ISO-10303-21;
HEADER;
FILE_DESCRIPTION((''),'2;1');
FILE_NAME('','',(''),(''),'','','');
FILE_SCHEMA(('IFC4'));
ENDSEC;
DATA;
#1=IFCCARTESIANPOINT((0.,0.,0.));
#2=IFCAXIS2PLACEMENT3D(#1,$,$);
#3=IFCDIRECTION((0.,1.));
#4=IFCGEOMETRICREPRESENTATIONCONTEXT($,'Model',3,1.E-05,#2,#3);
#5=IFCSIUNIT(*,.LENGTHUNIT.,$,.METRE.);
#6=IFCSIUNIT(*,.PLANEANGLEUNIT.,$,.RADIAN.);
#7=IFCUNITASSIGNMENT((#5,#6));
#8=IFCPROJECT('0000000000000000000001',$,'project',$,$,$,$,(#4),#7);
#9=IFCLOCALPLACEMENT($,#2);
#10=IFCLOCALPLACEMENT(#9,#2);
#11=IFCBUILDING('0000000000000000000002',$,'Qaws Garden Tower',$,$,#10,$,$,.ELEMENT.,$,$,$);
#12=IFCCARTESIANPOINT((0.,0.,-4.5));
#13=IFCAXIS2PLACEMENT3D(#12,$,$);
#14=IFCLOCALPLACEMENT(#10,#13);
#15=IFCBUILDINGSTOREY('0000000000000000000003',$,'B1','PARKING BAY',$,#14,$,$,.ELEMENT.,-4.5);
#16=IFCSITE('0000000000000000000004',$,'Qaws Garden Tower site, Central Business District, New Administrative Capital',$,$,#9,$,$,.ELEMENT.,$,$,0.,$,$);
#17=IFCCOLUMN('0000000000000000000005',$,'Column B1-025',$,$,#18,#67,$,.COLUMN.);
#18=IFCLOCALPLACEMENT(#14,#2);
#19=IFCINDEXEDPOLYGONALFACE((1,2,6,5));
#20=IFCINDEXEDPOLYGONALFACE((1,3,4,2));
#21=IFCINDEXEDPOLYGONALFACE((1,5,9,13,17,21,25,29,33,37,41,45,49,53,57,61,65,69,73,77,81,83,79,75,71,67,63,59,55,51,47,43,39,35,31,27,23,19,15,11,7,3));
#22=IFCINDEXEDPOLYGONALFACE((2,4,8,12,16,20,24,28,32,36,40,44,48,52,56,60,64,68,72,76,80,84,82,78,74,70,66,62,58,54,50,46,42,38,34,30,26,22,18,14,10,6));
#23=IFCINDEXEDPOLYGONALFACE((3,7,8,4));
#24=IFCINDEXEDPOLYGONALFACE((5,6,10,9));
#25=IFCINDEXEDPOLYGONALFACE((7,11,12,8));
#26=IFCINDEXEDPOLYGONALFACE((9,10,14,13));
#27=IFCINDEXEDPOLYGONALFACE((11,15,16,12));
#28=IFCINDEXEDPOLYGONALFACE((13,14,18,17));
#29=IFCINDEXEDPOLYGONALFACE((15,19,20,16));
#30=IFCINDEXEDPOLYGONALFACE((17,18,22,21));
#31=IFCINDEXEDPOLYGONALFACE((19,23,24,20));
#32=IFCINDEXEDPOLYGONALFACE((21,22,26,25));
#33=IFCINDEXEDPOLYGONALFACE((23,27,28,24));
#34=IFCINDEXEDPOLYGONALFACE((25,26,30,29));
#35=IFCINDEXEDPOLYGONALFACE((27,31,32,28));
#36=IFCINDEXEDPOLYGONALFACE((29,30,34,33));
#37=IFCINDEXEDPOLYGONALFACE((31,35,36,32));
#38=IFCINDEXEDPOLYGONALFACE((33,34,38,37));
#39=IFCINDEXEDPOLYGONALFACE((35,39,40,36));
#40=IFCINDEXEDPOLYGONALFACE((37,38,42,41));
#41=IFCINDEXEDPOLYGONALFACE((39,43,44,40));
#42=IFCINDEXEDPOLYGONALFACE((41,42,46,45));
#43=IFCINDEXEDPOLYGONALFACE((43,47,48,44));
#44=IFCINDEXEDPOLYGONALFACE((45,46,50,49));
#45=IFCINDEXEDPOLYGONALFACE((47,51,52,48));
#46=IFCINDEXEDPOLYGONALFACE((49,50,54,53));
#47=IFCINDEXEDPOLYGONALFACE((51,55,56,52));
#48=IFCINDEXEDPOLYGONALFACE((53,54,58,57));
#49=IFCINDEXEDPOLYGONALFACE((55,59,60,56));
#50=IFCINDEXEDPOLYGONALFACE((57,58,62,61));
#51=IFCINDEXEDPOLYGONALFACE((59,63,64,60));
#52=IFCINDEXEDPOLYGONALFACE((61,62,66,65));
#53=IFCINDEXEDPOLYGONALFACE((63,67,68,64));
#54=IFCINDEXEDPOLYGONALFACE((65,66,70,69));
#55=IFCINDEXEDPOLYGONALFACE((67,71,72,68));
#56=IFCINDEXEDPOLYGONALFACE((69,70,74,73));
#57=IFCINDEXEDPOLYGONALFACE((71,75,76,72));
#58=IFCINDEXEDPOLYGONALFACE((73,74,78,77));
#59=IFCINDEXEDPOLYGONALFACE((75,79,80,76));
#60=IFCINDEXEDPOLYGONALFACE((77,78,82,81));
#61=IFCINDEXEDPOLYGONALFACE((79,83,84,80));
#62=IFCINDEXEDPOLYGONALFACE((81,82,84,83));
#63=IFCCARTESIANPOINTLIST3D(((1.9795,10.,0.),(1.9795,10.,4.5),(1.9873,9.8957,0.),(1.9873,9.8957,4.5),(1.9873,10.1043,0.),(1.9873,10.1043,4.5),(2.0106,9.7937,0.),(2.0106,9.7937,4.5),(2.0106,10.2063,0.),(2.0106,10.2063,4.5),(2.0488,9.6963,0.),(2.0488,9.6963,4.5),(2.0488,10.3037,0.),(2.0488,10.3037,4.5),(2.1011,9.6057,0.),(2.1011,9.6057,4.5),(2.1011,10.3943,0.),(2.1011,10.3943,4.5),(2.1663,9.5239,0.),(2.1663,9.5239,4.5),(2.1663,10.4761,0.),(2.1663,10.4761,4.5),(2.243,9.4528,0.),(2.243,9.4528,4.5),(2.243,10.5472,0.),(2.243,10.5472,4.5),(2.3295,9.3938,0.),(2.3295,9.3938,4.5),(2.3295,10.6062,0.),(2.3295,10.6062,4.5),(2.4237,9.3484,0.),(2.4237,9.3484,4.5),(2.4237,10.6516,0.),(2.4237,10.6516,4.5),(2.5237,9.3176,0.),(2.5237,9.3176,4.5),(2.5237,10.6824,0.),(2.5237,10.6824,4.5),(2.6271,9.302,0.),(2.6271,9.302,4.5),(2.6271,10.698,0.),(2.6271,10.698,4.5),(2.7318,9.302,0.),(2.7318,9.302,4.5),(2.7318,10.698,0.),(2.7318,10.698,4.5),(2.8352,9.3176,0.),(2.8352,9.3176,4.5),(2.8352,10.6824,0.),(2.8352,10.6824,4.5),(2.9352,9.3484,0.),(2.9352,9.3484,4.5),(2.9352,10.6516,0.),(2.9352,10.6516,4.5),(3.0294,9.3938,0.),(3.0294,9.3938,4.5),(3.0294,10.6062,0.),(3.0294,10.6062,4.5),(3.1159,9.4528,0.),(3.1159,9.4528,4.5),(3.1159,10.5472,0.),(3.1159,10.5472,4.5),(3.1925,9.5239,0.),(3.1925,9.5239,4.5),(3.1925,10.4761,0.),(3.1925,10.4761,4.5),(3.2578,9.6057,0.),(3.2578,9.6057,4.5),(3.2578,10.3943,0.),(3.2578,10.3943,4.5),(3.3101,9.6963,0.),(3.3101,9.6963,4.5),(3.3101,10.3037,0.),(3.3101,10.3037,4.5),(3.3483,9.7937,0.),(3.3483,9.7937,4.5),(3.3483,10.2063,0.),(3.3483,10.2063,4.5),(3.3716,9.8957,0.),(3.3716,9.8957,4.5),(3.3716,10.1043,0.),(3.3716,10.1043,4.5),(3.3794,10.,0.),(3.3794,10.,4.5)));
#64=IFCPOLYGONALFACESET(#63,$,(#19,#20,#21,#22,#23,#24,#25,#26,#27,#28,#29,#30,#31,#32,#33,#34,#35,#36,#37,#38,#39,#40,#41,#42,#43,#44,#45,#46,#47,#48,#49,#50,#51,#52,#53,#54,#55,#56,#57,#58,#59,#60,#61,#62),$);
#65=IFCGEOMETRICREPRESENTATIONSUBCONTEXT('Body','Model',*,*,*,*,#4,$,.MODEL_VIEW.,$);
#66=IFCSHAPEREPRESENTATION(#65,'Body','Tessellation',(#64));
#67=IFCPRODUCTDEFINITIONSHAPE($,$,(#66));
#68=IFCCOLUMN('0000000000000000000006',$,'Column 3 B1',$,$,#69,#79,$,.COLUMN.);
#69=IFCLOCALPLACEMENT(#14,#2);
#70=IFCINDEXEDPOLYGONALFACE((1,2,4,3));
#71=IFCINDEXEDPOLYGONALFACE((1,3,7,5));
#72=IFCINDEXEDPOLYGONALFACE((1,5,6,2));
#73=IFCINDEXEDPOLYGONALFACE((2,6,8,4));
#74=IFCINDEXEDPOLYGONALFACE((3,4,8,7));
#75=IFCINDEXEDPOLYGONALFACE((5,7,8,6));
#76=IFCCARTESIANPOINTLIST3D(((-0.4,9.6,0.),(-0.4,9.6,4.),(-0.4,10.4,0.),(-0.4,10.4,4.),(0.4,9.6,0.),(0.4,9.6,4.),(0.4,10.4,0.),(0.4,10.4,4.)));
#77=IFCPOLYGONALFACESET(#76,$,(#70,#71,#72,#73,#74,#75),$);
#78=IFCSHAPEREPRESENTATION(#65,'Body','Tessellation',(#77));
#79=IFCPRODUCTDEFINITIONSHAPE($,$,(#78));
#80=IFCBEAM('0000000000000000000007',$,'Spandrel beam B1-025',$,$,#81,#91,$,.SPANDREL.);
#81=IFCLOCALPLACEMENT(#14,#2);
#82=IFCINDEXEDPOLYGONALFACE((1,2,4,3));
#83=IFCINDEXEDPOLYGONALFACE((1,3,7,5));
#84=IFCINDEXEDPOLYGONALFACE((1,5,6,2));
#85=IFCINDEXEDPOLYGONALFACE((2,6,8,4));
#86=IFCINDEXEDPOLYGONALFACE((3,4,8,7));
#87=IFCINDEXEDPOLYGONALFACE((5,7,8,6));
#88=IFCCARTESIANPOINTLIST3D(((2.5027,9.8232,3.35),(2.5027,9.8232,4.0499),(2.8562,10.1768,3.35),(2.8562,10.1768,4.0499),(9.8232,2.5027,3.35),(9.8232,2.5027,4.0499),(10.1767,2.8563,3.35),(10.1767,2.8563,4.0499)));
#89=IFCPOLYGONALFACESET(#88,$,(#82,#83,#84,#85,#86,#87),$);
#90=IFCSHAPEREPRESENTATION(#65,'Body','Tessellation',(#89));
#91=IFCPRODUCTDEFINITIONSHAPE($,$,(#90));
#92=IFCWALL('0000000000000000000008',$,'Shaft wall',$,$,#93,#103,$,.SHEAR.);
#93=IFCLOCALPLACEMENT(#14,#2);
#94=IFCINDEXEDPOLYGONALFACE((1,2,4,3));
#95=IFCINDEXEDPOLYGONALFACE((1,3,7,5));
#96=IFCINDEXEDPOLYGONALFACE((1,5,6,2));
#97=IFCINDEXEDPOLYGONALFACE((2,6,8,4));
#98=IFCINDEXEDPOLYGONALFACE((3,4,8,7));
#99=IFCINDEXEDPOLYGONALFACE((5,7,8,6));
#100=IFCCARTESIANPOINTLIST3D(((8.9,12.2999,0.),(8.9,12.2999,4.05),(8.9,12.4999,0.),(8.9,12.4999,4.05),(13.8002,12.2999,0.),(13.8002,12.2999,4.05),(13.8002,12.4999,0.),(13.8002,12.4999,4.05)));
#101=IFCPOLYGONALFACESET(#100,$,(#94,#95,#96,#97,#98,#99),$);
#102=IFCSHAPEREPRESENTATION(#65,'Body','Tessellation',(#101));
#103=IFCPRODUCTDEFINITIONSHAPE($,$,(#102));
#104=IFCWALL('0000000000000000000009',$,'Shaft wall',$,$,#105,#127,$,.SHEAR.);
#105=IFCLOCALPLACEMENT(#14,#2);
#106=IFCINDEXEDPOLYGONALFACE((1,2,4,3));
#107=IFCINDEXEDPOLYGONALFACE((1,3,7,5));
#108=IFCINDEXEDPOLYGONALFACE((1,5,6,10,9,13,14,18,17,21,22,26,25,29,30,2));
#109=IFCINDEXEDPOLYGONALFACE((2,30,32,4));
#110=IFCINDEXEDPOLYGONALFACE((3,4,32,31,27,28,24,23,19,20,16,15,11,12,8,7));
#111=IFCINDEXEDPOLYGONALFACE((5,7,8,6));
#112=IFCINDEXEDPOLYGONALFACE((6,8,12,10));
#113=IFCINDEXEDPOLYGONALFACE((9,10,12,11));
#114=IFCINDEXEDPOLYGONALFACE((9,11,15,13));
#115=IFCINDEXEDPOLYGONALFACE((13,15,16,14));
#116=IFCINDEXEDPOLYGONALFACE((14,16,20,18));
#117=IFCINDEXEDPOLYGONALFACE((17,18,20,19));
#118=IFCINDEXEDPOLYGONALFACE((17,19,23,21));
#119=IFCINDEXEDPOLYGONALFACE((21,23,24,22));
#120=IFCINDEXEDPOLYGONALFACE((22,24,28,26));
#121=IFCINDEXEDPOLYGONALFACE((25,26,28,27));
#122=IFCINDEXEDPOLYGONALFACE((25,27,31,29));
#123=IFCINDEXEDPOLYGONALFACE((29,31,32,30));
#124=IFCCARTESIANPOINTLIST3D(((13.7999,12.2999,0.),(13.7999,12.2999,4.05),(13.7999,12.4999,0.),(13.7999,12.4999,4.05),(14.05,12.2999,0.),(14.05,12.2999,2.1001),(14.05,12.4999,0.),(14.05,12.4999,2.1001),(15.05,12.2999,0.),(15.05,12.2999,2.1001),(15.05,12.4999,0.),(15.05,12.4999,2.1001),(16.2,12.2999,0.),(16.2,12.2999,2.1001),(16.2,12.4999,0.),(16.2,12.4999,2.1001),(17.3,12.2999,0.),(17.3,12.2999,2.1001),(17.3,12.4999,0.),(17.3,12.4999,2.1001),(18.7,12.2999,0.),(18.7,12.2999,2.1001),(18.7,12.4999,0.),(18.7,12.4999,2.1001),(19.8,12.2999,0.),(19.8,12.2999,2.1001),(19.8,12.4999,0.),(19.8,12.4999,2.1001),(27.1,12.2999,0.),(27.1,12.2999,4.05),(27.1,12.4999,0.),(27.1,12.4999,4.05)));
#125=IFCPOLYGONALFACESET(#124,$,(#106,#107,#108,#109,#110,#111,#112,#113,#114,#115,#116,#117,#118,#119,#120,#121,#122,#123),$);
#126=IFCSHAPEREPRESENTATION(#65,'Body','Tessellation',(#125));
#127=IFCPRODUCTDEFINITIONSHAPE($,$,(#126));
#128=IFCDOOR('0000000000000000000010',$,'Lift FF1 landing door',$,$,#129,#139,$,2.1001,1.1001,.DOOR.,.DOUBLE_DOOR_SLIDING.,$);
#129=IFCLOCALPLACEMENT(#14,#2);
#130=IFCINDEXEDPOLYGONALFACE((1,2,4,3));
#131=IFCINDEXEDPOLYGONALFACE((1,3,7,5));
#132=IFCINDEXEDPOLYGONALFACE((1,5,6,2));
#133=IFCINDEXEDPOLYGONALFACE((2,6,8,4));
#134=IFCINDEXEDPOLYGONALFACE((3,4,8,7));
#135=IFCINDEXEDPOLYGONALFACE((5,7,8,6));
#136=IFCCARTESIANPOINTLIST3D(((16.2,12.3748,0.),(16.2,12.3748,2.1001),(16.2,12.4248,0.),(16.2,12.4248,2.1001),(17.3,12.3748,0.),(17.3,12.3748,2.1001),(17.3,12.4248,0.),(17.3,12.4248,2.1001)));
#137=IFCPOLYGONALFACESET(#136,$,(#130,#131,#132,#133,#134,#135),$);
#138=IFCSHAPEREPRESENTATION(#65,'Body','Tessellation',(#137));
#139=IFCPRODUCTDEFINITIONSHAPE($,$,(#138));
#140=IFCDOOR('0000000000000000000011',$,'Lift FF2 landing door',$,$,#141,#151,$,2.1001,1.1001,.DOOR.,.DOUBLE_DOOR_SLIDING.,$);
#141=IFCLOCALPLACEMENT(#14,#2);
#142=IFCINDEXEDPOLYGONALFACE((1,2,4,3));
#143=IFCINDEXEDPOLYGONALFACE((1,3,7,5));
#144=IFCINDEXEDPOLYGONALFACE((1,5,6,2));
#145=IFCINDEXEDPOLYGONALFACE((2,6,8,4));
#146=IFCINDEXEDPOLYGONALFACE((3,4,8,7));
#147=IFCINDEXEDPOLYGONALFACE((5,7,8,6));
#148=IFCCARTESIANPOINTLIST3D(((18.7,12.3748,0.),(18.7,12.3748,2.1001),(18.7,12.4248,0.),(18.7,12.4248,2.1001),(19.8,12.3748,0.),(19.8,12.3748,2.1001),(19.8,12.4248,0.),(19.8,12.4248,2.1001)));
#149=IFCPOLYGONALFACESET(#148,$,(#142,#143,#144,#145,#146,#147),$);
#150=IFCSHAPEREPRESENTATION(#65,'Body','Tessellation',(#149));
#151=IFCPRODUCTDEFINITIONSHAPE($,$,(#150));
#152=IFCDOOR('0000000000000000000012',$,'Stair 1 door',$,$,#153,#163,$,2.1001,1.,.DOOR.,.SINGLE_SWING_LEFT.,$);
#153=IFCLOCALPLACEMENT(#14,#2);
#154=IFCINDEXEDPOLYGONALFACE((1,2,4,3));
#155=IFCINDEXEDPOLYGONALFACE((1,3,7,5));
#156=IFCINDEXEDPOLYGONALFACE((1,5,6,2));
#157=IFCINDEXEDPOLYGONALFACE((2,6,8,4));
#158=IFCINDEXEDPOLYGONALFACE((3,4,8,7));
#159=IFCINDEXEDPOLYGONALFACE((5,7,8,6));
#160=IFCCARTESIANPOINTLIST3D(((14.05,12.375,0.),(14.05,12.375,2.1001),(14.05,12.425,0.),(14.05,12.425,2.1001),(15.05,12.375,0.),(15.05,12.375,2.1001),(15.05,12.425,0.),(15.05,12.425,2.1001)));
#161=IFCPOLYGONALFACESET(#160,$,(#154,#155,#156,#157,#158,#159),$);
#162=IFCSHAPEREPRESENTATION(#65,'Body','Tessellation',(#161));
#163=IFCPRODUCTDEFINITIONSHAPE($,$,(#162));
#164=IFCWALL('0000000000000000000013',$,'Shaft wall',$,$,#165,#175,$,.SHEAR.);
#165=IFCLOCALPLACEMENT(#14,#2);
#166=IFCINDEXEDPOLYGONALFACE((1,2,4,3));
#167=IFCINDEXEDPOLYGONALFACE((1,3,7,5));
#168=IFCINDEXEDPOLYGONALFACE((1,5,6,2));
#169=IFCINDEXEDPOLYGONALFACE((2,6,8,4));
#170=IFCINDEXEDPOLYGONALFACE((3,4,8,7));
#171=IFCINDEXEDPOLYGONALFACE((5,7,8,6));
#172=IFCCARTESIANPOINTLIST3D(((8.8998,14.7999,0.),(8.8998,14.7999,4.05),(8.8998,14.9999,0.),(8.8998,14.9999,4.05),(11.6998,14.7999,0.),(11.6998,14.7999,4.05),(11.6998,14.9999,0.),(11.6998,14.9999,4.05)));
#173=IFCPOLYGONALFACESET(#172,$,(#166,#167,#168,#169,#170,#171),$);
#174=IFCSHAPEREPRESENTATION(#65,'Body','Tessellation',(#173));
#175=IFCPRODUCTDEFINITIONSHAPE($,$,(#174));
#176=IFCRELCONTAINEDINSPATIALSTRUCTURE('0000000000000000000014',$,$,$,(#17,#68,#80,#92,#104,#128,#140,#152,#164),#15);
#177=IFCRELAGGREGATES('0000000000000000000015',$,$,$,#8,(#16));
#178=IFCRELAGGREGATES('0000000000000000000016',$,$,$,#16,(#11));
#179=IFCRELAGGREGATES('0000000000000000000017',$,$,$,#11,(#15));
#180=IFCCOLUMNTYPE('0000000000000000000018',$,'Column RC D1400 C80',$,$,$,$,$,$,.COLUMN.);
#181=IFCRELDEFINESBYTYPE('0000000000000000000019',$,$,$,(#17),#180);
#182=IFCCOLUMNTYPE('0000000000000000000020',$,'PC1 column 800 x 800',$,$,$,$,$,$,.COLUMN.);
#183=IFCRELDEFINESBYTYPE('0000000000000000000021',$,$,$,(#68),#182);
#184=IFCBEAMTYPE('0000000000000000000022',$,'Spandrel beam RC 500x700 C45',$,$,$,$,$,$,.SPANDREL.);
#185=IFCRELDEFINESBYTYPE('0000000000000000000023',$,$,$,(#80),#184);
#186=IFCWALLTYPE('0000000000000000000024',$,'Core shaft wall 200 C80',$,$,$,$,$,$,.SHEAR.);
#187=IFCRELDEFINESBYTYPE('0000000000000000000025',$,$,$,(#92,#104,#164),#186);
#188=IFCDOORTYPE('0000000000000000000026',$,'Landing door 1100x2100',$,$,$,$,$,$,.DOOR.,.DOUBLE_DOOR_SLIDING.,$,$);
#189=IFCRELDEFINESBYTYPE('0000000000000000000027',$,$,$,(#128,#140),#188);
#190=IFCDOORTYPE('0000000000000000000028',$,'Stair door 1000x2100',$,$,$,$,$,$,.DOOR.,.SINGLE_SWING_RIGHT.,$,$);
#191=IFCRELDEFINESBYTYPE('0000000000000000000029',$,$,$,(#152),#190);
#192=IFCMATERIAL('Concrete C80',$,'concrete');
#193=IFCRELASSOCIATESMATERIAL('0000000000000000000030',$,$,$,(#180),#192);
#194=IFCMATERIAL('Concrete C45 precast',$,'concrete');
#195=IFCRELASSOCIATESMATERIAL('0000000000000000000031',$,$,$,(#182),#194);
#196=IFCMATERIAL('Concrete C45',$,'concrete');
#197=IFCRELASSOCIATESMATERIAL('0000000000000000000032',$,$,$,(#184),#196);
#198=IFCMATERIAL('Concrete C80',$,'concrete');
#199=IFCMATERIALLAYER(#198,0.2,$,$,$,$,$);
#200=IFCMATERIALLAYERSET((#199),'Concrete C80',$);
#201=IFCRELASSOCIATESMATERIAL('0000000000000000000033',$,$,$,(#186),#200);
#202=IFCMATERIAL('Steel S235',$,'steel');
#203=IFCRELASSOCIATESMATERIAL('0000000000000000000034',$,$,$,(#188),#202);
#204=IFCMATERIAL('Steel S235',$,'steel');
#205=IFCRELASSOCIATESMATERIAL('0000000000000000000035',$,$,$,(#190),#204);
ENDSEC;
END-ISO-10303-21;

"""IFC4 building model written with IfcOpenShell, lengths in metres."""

from ifc_helpers import new_model, si_unit, direction, frame, frame_2d, origin, origin_2d, place, context, subcontext, project, spatial, rectangle, circle, extrude, material, layer, layer_set, material_profile, profile_set, type_object, element, fill, save


model = new_model("IFC4")

# Units and contexts
model_context = context("Model", 3, precision=1e-05, world=origin(), true_north=direction((0.0, 1.0)))
body_context = subcontext(model_context, "Body", "Model", "MODEL_VIEW")
ifc_project = project(units=[si_unit("LENGTHUNIT", "METRE"), si_unit("PLANEANGLEUNIT", "RADIAN")], contexts=[model_context])

# Site, building, storey
site_placement = place(None, origin())
site = spatial("IfcSite", under=ifc_project, at=site_placement, Name="Qaws Garden Tower site, Central Business District, New Administrative Capital", CompositionType="ELEMENT", RefElevation=0.0)
building_placement = place(site_placement, origin())
building = spatial("IfcBuilding", under=site, at=building_placement, Name="Qaws Garden Tower", CompositionType="ELEMENT")
storey_placement = place(building_placement, frame((0.0, 0.0, -4.5)))
storey = spatial("IfcBuildingStorey", under=building, at=storey_placement, Name="B1", Description="PARKING BAY", CompositionType="ELEMENT", Elevation=-4.5)

# Columns
ifc_material_1 = material(Name="Concrete C80", Category="concrete")
ifc_material_profile_1 = material_profile(ifc_material_1, circle(Radius=0.7, at=origin_2d()), Name="RC D1400")
ifc_profile_set_1 = profile_set([ifc_material_profile_1], Name="Concrete C80")
column_type_1 = type_object("IfcColumnType", Name="Column RC D1400 C80", PredefinedType="COLUMN", material=ifc_profile_set_1)
column_1_placement = place(storey_placement, frame((2.6794, 10.0, 0.0), z_axis=(0.0, 0.0, 1.0), x_axis=(1.0, 0.0, 0.0)))
element("IfcColumn", 1, at=column_1_placement, inside=storey, type_object=column_type_1, Name="Column B1-025", PredefinedType="COLUMN", context=body_context, shape_type="SweptSolid", body=[
    extrude(circle(Radius=0.7, at=origin_2d()), origin(), (0.0, 0.0, 1.0), 4.5),
])
ifc_material_2 = material(Name="Concrete C45 precast", Category="concrete")
ifc_material_profile_2 = material_profile(ifc_material_2, rectangle(XDim=0.8, YDim=0.8, at=origin_2d()), Name="PC1 column 800 x 800")
ifc_profile_set_2 = profile_set([ifc_material_profile_2], Name="Concrete C45 precast")
column_type_2 = type_object("IfcColumnType", Name="PC1 column 800 x 800", PredefinedType="COLUMN", material=ifc_profile_set_2)
column_2_placement = place(storey_placement, frame((0.0, 10.0, 0.0), z_axis=(0.0, 0.0, 1.0), x_axis=(1.0, 0.0, 0.0)))
element("IfcColumn", 2, at=column_2_placement, inside=storey, type_object=column_type_2, Name="Column 3 B1", PredefinedType="COLUMN", context=body_context, shape_type="SweptSolid", body=[
    extrude(rectangle(XDim=0.8, YDim=0.8, at=origin_2d()), origin(), (0.0, 0.0, 1.0), 4.0),
])

# Beam
ifc_material_3 = material(Name="Concrete C45", Category="concrete")
ifc_material_profile_3 = material_profile(ifc_material_3, rectangle(XDim=0.5, YDim=0.7, at=origin_2d()), Name="RC 500x700")
ifc_profile_set_3 = profile_set([ifc_material_profile_3], Name="Concrete C45")
beam_type = type_object("IfcBeamType", Name="Spandrel beam RC 500x700 C45", PredefinedType="SPANDREL", material=ifc_profile_set_3)
beam_placement = place(storey_placement, frame((2.6794, 10.0, 3.7), z_axis=(0.707107, -0.707107, 0.0), x_axis=(0.707107, 0.707107, 0.0)))
element("IfcBeam", 3, at=beam_placement, inside=storey, type_object=beam_type, Name="Spandrel beam B1-025", PredefinedType="SPANDREL", context=body_context, shape_type="SweptSolid", body=[
    extrude(rectangle(XDim=0.5, YDim=0.7, at=origin_2d()), origin(), (0.0, 0.0, 1.0), 10.3528),
])

# Wall
ifc_material_4 = material(Name="Concrete C80", Category="concrete")
ifc_layer = layer(ifc_material_4, 0.2)
ifc_layer_set = layer_set([ifc_layer], Name="Concrete C80")
wall_type = type_object("IfcWallType", Name="Core shaft wall 200 C80", PredefinedType="SHEAR", material=ifc_layer_set)
wall_1_placement = place(storey_placement, frame((8.8999, 12.3999, 0.0), z_axis=(0.0, 0.0, 1.0), x_axis=(1.0, 0.0, 0.0)))
element("IfcWall", 4, at=wall_1_placement, inside=storey, type_object=wall_type, Name="Shaft wall", PredefinedType="SHEAR", context=body_context, shape_type="SweptSolid", body=[
    extrude(rectangle(XDim=4.9001, YDim=0.2, at=frame_2d((2.4502, 0.0))), origin(), (0.0, 0.0, 1.0), 4.05),
])

# Wall, openings, doors
wall_2_placement = place(storey_placement, frame((13.8, 12.3999, 0.0), z_axis=(0.0, 0.0, 1.0), x_axis=(1.0, 0.0, 0.0)))
wall_2 = element("IfcWall", 5, at=wall_2_placement, inside=storey, type_object=wall_type, Name="Shaft wall", PredefinedType="SHEAR", context=body_context, shape_type="SweptSolid", body=[
    extrude(rectangle(XDim=13.3, YDim=0.2, at=frame_2d((6.6499, 0.0))), origin(), (0.0, 0.0, 1.0), 4.05),
])
opening_1_placement = place(wall_2_placement, frame((2.3999, 0.0, 0.0)))
opening_1 = element("IfcOpeningElement", 6, at=opening_1_placement, cuts=wall_2, PredefinedType="OPENING", context=body_context, shape_type="SweptSolid", body=[
    extrude(rectangle(XDim=1.1001, YDim=2.1001, at=frame_2d((0.55, 1.05))), frame((0.0, 0.1099, 0.0), z_axis=(0.0, -1.0, 0.0), x_axis=(1.0, 0.0, 0.0)), (0.0, 0.0, 1.0), 0.22),
])
opening_2_placement = place(wall_2_placement, frame((4.8999, 0.0, 0.0)))
opening_2 = element("IfcOpeningElement", 7, at=opening_2_placement, cuts=wall_2, PredefinedType="OPENING", context=body_context, shape_type="SweptSolid", body=[
    extrude(rectangle(XDim=1.1001, YDim=2.1001, at=frame_2d((0.55, 1.05))), frame((0.0, 0.1099, 0.0), z_axis=(0.0, -1.0, 0.0), x_axis=(1.0, 0.0, 0.0)), (0.0, 0.0, 1.0), 0.22),
])
opening_3_placement = place(wall_2_placement, frame((0.25, 0.0, 0.0)))
opening_3 = element("IfcOpeningElement", 8, at=opening_3_placement, cuts=wall_2, PredefinedType="OPENING", context=body_context, shape_type="SweptSolid", body=[
    extrude(rectangle(XDim=1.0, YDim=2.1001, at=frame_2d((0.5, 1.05))), frame((0.0, 0.1099, 0.0), z_axis=(0.0, -1.0, 0.0), x_axis=(1.0, 0.0, 0.0)), (0.0, 0.0, 1.0), 0.22),
])
ifc_material_5 = material(Name="Steel S235", Category="steel")
door_type_1 = type_object("IfcDoorType", Name="Landing door 1100x2100", OperationType="DOUBLE_DOOR_SLIDING", PredefinedType="DOOR", material=ifc_material_5)
door_1_placement = place(opening_1_placement, origin())
door_1 = element("IfcDoor", 9, at=door_1_placement, inside=storey, type_object=door_type_1, Name="Lift FF1 landing door", OperationType="DOUBLE_DOOR_SLIDING", OverallHeight=2.1001, OverallWidth=1.1001, PredefinedType="DOOR", context=body_context, shape_type="SweptSolid", body=[
    extrude(rectangle(XDim=1.1001, YDim=2.1001, at=frame_2d((0.55, 1.05))), frame((0.0, 0.0249, 0.0), z_axis=(0.0, -1.0, 0.0), x_axis=(1.0, 0.0, 0.0)), (0.0, 0.0, 1.0), 0.05),
])
fill(opening_1, door_1)
door_2_placement = place(opening_2_placement, origin())
door_2 = element("IfcDoor", 10, at=door_2_placement, inside=storey, type_object=door_type_1, Name="Lift FF2 landing door", OperationType="DOUBLE_DOOR_SLIDING", OverallHeight=2.1001, OverallWidth=1.1001, PredefinedType="DOOR", context=body_context, shape_type="SweptSolid", body=[
    extrude(rectangle(XDim=1.1001, YDim=2.1001, at=frame_2d((0.55, 1.05))), frame((0.0, 0.0249, 0.0), z_axis=(0.0, -1.0, 0.0), x_axis=(1.0, 0.0, 0.0)), (0.0, 0.0, 1.0), 0.05),
])
fill(opening_2, door_2)
ifc_material_6 = material(Name="Steel S235", Category="steel")
door_type_2 = type_object("IfcDoorType", Name="Stair door 1000x2100", OperationType="SINGLE_SWING_RIGHT", PredefinedType="DOOR", material=ifc_material_6)
door_3_placement = place(opening_3_placement, frame((1.0, 0.0, 0.0), z_axis=(0.0, 0.0, 1.0), x_axis=(-1.0, 0.0, 0.0)))
door_3 = element("IfcDoor", 11, at=door_3_placement, inside=storey, type_object=door_type_2, Name="Stair 1 door", OperationType="SINGLE_SWING_LEFT", OverallHeight=2.1001, OverallWidth=1.0, PredefinedType="DOOR", context=body_context, shape_type="SweptSolid", body=[
    extrude(rectangle(XDim=1.0, YDim=2.1001, at=frame_2d((0.5, 1.05))), frame((0.0, 0.0249, 0.0), z_axis=(0.0, -1.0, 0.0), x_axis=(1.0, 0.0, 0.0)), (0.0, 0.0, 1.0), 0.05),
])
fill(opening_3, door_3)

# Wall
wall_3_placement = place(storey_placement, frame((8.8999, 14.8999, 0.0), z_axis=(0.0, 0.0, 1.0), x_axis=(1.0, 0.0, 0.0)))
element("IfcWall", 12, at=wall_3_placement, inside=storey, type_object=wall_type, Name="Shaft wall", PredefinedType="SHEAR", context=body_context, shape_type="SweptSolid", body=[
    extrude(rectangle(XDim=2.8, YDim=0.2, at=frame_2d((1.3999, 0.0))), origin(), (0.0, 0.0, 1.0), 4.05),
])

save(model, "model.ifc")
